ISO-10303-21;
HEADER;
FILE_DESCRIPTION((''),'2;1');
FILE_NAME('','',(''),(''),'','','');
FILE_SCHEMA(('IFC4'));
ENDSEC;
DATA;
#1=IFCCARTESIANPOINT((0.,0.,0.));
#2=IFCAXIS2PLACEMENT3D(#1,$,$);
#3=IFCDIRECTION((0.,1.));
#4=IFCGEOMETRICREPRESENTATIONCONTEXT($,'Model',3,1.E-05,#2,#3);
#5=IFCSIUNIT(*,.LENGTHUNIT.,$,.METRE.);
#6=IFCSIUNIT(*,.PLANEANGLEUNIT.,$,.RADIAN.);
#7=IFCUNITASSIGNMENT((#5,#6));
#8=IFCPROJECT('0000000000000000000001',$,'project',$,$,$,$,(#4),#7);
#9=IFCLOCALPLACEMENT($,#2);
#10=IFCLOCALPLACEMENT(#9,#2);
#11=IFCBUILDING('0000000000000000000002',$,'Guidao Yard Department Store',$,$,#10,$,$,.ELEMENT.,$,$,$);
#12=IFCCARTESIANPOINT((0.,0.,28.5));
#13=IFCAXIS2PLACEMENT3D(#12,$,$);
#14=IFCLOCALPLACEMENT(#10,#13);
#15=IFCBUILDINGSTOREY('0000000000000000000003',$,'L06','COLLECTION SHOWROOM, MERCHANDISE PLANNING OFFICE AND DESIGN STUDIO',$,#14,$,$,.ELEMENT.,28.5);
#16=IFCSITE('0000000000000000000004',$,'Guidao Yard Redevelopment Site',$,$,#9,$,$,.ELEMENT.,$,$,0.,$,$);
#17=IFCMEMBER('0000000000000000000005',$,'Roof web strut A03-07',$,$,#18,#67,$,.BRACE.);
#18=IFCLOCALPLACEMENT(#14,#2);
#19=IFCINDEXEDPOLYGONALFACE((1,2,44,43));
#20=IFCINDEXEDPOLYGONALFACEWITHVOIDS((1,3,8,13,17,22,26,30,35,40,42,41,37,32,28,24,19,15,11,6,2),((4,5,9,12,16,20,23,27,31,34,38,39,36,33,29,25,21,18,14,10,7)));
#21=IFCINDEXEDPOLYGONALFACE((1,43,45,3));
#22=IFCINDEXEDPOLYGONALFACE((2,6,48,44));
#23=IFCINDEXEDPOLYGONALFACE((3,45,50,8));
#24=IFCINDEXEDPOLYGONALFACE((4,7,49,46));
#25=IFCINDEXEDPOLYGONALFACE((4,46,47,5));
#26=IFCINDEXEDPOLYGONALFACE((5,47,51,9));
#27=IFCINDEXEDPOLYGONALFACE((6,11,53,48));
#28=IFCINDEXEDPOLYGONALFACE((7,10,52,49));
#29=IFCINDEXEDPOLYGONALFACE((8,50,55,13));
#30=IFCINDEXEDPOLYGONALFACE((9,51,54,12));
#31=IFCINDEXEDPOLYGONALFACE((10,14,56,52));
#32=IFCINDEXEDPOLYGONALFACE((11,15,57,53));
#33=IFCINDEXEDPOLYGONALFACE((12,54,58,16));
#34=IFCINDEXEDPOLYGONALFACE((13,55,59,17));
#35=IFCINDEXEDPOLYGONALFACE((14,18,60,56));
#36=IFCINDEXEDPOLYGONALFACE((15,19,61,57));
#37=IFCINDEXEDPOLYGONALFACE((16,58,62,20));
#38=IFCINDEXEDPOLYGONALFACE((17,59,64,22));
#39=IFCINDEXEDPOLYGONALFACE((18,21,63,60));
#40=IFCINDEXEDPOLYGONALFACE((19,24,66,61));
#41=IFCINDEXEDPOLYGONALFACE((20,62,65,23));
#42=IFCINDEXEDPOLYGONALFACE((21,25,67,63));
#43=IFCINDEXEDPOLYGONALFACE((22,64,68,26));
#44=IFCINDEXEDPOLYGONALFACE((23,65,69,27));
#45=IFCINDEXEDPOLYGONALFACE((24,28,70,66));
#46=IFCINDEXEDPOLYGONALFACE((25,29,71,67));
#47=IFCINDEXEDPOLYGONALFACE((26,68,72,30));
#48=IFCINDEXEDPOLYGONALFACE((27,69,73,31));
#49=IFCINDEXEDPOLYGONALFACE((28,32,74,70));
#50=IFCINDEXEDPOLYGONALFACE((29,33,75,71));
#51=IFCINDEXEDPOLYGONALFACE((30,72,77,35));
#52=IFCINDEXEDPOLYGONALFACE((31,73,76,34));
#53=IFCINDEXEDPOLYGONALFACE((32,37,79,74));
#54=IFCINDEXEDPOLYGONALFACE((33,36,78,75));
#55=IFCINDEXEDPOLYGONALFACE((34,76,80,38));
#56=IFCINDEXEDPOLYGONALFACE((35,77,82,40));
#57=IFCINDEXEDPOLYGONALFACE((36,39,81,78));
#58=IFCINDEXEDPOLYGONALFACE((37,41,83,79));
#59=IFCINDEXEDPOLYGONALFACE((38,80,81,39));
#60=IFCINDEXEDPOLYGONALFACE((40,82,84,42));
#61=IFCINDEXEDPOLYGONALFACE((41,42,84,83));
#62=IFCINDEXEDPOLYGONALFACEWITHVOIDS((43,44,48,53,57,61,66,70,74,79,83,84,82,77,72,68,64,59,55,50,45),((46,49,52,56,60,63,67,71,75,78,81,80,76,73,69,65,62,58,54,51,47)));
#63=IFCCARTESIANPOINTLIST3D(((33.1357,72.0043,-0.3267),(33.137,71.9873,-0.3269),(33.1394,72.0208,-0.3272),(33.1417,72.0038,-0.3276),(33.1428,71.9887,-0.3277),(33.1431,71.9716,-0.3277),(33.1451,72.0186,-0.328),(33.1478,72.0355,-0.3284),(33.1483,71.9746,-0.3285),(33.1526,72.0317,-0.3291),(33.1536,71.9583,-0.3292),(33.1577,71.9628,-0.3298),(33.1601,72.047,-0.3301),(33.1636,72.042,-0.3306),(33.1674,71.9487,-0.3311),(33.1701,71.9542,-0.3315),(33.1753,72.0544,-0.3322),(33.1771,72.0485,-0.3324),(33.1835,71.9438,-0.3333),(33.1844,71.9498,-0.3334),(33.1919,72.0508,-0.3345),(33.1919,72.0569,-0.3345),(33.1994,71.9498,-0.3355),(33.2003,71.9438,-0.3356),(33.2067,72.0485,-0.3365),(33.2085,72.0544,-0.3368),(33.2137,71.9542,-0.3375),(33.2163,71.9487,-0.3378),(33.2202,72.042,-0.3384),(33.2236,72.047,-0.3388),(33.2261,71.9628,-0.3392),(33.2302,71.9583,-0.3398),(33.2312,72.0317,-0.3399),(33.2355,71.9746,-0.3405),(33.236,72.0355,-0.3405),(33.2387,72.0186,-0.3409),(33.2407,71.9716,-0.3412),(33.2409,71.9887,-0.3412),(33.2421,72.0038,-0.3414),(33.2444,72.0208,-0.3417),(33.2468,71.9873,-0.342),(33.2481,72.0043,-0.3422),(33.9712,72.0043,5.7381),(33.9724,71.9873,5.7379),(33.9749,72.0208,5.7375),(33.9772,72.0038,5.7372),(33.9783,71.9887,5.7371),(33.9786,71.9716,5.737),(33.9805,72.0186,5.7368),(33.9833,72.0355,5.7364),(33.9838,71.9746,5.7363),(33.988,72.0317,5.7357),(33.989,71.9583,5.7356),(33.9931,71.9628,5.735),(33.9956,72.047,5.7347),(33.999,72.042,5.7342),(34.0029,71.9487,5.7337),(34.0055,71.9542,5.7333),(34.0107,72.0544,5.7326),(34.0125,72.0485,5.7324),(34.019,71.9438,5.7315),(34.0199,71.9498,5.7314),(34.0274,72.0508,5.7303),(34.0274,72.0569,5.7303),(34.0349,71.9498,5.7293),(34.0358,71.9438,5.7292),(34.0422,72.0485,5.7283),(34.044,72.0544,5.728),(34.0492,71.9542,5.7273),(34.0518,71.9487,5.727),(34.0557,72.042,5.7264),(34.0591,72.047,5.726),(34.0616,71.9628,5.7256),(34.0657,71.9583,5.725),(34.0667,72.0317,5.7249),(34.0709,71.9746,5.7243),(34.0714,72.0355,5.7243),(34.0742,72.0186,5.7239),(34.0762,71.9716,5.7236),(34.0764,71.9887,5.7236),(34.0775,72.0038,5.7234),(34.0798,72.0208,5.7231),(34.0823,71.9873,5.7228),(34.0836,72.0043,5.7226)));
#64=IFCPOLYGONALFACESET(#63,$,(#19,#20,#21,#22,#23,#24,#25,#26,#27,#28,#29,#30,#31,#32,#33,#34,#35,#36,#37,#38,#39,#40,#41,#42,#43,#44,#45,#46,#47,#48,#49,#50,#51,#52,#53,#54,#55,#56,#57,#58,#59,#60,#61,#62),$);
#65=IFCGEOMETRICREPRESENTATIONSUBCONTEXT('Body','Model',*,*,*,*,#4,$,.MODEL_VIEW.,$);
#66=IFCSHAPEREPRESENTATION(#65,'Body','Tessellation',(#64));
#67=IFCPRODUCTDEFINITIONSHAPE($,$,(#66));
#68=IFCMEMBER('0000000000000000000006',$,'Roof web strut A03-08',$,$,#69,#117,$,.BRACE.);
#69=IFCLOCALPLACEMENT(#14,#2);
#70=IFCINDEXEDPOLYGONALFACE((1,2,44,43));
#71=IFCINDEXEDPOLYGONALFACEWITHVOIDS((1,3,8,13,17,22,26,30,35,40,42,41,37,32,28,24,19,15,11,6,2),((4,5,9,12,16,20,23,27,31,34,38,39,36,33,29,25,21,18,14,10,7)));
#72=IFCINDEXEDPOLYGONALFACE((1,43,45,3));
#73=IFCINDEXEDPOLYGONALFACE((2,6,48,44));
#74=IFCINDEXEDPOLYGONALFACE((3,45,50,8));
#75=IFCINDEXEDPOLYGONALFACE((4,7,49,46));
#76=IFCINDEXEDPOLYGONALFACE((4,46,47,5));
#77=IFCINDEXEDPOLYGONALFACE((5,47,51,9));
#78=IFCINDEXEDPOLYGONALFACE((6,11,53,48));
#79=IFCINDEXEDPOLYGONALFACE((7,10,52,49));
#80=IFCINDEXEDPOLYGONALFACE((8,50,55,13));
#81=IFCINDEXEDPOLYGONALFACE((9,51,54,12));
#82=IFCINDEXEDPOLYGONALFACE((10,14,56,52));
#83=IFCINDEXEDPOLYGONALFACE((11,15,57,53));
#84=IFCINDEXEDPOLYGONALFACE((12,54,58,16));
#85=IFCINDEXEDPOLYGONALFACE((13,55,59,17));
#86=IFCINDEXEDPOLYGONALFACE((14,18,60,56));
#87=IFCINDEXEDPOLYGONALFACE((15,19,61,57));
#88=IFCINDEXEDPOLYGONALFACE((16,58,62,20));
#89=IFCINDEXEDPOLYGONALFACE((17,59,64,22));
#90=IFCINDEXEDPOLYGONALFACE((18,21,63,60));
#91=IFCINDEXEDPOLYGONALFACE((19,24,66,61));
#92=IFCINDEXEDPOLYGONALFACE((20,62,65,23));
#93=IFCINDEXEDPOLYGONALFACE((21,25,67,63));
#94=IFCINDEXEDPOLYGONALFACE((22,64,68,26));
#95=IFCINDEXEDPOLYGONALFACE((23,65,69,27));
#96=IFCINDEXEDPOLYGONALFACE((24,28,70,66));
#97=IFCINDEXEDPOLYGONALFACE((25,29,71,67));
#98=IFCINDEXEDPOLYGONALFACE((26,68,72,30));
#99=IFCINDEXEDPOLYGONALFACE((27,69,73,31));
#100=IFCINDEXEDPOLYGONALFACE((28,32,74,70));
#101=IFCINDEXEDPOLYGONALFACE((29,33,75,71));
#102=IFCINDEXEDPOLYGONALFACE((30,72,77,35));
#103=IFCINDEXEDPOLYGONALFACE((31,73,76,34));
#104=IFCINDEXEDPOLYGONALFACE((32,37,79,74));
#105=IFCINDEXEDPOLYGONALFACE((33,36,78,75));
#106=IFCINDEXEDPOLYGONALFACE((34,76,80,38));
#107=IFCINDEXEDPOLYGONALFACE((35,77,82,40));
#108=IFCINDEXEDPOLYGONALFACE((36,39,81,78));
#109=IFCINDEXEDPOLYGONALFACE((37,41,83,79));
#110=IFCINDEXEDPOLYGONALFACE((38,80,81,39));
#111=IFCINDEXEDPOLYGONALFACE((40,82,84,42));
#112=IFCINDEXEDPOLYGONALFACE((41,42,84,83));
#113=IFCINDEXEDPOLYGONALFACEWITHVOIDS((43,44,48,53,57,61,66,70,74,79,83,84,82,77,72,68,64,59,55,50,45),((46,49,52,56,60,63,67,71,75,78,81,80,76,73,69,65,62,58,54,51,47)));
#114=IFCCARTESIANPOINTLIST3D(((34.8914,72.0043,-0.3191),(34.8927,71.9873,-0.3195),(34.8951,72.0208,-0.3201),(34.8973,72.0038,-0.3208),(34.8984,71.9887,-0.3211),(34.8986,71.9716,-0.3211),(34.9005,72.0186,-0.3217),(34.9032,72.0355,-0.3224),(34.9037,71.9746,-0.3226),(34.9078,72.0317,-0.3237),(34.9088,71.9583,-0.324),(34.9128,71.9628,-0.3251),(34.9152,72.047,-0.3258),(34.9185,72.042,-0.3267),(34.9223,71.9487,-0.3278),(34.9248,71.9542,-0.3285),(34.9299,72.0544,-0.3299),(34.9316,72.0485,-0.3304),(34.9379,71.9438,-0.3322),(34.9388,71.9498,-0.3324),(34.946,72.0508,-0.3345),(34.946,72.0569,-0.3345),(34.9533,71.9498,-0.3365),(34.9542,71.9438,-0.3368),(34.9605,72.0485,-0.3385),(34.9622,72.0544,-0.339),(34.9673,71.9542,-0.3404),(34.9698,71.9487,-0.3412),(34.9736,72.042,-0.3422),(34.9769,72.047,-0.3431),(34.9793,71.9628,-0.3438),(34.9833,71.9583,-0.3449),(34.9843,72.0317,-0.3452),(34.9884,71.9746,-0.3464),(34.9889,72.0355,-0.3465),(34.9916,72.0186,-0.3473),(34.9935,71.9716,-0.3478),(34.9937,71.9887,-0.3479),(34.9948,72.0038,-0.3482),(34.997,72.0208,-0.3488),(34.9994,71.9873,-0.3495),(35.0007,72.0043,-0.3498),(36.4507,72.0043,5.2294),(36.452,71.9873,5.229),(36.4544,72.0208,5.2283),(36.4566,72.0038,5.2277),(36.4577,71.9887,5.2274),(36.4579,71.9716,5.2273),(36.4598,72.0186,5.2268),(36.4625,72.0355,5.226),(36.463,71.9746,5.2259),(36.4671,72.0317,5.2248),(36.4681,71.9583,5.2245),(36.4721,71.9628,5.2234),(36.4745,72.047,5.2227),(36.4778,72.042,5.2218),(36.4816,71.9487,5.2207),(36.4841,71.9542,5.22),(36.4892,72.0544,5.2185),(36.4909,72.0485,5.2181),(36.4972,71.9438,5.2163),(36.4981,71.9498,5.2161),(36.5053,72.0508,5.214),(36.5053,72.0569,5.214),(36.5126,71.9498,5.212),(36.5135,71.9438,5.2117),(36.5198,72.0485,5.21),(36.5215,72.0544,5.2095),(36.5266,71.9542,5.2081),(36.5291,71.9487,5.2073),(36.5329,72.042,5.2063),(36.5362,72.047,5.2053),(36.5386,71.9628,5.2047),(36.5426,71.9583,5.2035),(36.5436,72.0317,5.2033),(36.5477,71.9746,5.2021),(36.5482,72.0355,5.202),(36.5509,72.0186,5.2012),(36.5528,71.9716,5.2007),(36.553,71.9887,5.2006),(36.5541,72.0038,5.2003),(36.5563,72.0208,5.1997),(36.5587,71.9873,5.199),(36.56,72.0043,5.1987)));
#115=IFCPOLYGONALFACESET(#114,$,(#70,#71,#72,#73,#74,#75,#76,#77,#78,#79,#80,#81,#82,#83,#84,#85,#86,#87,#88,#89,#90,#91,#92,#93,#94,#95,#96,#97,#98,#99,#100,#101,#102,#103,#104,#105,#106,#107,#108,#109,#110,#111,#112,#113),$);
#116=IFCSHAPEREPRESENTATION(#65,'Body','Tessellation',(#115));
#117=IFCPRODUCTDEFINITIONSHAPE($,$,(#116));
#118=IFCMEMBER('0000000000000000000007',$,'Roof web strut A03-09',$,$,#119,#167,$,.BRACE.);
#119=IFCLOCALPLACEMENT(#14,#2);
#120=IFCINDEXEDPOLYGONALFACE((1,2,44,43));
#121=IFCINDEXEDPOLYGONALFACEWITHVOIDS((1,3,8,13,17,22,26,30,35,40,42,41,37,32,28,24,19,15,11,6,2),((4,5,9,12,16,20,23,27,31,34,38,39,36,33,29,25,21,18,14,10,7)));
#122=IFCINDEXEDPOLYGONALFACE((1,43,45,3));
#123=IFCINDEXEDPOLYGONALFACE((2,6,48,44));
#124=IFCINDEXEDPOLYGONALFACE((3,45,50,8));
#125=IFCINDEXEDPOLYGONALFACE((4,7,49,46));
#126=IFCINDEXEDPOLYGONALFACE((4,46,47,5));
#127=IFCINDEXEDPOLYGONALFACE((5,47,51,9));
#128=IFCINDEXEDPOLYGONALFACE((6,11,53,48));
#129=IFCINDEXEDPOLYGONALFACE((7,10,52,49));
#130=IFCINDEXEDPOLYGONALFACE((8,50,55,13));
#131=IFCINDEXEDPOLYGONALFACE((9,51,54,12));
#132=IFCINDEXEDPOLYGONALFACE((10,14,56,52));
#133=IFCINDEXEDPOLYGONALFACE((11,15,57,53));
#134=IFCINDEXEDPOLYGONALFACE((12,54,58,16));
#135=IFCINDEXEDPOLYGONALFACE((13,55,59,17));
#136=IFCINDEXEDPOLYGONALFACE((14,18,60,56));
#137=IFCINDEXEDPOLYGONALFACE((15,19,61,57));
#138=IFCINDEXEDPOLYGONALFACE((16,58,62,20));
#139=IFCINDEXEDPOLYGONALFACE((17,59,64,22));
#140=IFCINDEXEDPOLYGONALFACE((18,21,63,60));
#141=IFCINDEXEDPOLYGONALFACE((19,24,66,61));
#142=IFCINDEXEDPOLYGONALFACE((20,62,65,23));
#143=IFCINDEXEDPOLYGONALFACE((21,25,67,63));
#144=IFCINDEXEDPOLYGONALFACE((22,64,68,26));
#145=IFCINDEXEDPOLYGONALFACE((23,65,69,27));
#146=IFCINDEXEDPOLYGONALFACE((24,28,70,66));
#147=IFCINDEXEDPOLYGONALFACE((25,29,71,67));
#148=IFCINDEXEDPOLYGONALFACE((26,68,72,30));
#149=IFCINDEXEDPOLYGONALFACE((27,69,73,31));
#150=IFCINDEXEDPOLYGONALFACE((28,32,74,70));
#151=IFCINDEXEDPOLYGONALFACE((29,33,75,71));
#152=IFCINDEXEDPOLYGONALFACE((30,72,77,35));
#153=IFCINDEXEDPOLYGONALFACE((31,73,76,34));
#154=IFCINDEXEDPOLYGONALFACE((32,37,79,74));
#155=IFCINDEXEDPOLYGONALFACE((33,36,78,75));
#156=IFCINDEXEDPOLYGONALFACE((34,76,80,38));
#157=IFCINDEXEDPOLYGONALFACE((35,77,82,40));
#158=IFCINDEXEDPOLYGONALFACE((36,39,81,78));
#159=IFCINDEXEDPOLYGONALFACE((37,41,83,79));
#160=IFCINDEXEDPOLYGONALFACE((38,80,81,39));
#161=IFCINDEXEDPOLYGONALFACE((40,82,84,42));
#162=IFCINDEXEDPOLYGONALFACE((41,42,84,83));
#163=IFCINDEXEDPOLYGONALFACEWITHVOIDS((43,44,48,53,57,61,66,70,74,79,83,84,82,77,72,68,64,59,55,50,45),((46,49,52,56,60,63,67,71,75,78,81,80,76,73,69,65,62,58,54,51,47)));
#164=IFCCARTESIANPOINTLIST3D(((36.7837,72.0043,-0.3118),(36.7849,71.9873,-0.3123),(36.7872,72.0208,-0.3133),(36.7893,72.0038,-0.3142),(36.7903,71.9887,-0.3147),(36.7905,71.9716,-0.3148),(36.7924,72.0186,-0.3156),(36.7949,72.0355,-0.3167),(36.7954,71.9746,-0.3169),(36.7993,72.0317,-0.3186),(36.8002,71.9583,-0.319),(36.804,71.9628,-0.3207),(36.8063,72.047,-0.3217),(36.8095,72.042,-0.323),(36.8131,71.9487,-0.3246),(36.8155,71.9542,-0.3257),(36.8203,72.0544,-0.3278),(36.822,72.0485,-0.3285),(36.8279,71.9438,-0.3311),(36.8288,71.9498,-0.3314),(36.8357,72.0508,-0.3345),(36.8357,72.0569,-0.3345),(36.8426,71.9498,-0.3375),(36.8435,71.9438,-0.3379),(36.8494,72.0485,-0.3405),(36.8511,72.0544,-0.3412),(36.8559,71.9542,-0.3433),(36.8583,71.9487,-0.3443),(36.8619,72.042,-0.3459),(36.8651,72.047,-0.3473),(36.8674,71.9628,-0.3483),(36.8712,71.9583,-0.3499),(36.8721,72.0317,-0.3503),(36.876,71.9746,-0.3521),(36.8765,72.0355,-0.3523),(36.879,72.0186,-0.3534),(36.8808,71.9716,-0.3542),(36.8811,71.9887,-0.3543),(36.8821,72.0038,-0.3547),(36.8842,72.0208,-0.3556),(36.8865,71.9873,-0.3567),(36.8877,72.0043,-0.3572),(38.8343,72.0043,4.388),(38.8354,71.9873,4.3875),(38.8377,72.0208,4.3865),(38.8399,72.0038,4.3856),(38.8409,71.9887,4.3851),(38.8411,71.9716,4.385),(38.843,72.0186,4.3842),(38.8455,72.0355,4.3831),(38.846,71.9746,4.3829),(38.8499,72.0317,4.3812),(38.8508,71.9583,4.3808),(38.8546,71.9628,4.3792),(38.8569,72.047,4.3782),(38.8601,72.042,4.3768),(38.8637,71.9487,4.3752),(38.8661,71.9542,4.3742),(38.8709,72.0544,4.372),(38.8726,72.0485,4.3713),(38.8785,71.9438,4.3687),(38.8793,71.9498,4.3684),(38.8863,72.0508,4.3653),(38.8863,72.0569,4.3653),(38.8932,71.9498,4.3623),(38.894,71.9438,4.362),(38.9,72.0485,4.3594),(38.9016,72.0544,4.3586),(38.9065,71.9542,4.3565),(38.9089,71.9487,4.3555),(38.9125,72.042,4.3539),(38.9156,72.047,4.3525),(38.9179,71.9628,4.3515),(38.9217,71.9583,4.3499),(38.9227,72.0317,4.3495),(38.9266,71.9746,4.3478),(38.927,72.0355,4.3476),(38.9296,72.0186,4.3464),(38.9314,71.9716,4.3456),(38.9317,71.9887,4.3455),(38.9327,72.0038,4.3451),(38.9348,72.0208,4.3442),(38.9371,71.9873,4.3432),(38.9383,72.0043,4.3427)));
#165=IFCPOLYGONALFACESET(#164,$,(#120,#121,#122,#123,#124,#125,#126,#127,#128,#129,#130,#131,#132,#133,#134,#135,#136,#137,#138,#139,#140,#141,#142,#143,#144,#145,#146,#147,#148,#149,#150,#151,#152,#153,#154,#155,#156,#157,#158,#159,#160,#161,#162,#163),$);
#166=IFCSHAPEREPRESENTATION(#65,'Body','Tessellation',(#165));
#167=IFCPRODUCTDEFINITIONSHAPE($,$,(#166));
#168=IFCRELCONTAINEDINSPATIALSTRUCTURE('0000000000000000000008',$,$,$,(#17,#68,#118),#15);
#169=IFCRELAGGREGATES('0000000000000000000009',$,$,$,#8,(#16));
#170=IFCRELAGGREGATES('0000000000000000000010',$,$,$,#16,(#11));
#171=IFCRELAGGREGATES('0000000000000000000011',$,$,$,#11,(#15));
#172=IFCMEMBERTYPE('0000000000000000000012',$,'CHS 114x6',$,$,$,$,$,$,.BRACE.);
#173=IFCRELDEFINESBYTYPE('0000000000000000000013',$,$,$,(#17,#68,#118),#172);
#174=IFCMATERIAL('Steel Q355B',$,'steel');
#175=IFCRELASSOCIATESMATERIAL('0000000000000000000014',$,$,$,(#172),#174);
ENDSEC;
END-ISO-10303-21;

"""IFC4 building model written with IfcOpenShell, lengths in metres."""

from ifc_helpers import new_model, si_unit, direction, frame, origin, origin_2d, place, context, subcontext, project, spatial, hollow_circle, extrude, material, material_profile, profile_set, type_object, element, save


model = new_model("IFC4")

# Units and contexts
model_context = context("Model", 3, precision=1e-05, world=origin(), true_north=direction((0.0, 1.0)))
body_context = subcontext(model_context, "Body", "Model", "MODEL_VIEW")
ifc_project = project(units=[si_unit("LENGTHUNIT", "METRE"), si_unit("PLANEANGLEUNIT", "RADIAN")], contexts=[model_context])

# Site, building, storey
site_placement = place(None, origin())
site = spatial("IfcSite", under=ifc_project, at=site_placement, Name="Guidao Yard Redevelopment Site", CompositionType="ELEMENT", RefElevation=0.0)
building_placement = place(site_placement, origin())
building = spatial("IfcBuilding", under=site, at=building_placement, Name="Guidao Yard Department Store", CompositionType="ELEMENT")
storey_placement = place(building_placement, frame((0.0, 0.0, 28.5)))
storey = spatial("IfcBuildingStorey", under=building, at=storey_placement, Name="L06", Description="COLLECTION SHOWROOM, MERCHANDISE PLANNING OFFICE AND DESIGN STUDIO", CompositionType="ELEMENT", Elevation=28.5)

# Members
ifc_material_1 = material(Name="Steel Q355B", Category="steel")
ifc_material_profile_1 = material_profile(ifc_material_1, hollow_circle(Radius=0.0569, WallThickness=0.0061, at=origin_2d()), Name="CHS 114x6")
ifc_profile_set_1 = profile_set([ifc_material_profile_1], Name="Steel Q355B")
member_type_1 = type_object("IfcMemberType", Name="CHS 114x6", PredefinedType="BRACE", material=ifc_profile_set_1)
member_1_placement = place(storey_placement, frame((33.1919, 72.0, -0.3345), z_axis=(0.136467, 0.0, 0.990645), x_axis=(0.0, 1.0, 0.0)))
element("IfcMember", 1, at=member_1_placement, inside=storey, type_object=member_type_1, Name="Roof web strut A03-07", PredefinedType="BRACE", context=body_context, shape_type="SweptSolid", body=[
    extrude(hollow_circle(Radius=0.0569, WallThickness=0.0061, at=origin_2d()), origin(), (0.0, 0.0, 1.0), 6.1221),
])
member_2_placement = place(storey_placement, frame((34.946, 72.0, -0.3345), z_axis=(0.270551, 0.0, 0.962706), x_axis=(0.0, 1.0, 0.0)))
element("IfcMember", 2, at=member_2_placement, inside=storey, type_object=member_type_1, Name="Roof web strut A03-08", PredefinedType="BRACE", context=body_context, shape_type="SweptSolid", body=[
    extrude(hollow_circle(Radius=0.0569, WallThickness=0.0061, at=origin_2d()), origin(), (0.0, 0.0, 1.0), 5.7634),
])
member_3_placement = place(storey_placement, frame((36.8357, 72.0, -0.3345), z_axis=(0.399904, 0.0, 0.916557), x_axis=(0.0, 1.0, 0.0)))
element("IfcMember", 3, at=member_3_placement, inside=storey, type_object=member_type_1, Name="Roof web strut A03-09", PredefinedType="BRACE", context=body_context, shape_type="SweptSolid", body=[
    extrude(hollow_circle(Radius=0.0569, WallThickness=0.0061, at=origin_2d()), origin(), (0.0, 0.0, 1.0), 5.1277),
])

save(model, "model.ifc")
